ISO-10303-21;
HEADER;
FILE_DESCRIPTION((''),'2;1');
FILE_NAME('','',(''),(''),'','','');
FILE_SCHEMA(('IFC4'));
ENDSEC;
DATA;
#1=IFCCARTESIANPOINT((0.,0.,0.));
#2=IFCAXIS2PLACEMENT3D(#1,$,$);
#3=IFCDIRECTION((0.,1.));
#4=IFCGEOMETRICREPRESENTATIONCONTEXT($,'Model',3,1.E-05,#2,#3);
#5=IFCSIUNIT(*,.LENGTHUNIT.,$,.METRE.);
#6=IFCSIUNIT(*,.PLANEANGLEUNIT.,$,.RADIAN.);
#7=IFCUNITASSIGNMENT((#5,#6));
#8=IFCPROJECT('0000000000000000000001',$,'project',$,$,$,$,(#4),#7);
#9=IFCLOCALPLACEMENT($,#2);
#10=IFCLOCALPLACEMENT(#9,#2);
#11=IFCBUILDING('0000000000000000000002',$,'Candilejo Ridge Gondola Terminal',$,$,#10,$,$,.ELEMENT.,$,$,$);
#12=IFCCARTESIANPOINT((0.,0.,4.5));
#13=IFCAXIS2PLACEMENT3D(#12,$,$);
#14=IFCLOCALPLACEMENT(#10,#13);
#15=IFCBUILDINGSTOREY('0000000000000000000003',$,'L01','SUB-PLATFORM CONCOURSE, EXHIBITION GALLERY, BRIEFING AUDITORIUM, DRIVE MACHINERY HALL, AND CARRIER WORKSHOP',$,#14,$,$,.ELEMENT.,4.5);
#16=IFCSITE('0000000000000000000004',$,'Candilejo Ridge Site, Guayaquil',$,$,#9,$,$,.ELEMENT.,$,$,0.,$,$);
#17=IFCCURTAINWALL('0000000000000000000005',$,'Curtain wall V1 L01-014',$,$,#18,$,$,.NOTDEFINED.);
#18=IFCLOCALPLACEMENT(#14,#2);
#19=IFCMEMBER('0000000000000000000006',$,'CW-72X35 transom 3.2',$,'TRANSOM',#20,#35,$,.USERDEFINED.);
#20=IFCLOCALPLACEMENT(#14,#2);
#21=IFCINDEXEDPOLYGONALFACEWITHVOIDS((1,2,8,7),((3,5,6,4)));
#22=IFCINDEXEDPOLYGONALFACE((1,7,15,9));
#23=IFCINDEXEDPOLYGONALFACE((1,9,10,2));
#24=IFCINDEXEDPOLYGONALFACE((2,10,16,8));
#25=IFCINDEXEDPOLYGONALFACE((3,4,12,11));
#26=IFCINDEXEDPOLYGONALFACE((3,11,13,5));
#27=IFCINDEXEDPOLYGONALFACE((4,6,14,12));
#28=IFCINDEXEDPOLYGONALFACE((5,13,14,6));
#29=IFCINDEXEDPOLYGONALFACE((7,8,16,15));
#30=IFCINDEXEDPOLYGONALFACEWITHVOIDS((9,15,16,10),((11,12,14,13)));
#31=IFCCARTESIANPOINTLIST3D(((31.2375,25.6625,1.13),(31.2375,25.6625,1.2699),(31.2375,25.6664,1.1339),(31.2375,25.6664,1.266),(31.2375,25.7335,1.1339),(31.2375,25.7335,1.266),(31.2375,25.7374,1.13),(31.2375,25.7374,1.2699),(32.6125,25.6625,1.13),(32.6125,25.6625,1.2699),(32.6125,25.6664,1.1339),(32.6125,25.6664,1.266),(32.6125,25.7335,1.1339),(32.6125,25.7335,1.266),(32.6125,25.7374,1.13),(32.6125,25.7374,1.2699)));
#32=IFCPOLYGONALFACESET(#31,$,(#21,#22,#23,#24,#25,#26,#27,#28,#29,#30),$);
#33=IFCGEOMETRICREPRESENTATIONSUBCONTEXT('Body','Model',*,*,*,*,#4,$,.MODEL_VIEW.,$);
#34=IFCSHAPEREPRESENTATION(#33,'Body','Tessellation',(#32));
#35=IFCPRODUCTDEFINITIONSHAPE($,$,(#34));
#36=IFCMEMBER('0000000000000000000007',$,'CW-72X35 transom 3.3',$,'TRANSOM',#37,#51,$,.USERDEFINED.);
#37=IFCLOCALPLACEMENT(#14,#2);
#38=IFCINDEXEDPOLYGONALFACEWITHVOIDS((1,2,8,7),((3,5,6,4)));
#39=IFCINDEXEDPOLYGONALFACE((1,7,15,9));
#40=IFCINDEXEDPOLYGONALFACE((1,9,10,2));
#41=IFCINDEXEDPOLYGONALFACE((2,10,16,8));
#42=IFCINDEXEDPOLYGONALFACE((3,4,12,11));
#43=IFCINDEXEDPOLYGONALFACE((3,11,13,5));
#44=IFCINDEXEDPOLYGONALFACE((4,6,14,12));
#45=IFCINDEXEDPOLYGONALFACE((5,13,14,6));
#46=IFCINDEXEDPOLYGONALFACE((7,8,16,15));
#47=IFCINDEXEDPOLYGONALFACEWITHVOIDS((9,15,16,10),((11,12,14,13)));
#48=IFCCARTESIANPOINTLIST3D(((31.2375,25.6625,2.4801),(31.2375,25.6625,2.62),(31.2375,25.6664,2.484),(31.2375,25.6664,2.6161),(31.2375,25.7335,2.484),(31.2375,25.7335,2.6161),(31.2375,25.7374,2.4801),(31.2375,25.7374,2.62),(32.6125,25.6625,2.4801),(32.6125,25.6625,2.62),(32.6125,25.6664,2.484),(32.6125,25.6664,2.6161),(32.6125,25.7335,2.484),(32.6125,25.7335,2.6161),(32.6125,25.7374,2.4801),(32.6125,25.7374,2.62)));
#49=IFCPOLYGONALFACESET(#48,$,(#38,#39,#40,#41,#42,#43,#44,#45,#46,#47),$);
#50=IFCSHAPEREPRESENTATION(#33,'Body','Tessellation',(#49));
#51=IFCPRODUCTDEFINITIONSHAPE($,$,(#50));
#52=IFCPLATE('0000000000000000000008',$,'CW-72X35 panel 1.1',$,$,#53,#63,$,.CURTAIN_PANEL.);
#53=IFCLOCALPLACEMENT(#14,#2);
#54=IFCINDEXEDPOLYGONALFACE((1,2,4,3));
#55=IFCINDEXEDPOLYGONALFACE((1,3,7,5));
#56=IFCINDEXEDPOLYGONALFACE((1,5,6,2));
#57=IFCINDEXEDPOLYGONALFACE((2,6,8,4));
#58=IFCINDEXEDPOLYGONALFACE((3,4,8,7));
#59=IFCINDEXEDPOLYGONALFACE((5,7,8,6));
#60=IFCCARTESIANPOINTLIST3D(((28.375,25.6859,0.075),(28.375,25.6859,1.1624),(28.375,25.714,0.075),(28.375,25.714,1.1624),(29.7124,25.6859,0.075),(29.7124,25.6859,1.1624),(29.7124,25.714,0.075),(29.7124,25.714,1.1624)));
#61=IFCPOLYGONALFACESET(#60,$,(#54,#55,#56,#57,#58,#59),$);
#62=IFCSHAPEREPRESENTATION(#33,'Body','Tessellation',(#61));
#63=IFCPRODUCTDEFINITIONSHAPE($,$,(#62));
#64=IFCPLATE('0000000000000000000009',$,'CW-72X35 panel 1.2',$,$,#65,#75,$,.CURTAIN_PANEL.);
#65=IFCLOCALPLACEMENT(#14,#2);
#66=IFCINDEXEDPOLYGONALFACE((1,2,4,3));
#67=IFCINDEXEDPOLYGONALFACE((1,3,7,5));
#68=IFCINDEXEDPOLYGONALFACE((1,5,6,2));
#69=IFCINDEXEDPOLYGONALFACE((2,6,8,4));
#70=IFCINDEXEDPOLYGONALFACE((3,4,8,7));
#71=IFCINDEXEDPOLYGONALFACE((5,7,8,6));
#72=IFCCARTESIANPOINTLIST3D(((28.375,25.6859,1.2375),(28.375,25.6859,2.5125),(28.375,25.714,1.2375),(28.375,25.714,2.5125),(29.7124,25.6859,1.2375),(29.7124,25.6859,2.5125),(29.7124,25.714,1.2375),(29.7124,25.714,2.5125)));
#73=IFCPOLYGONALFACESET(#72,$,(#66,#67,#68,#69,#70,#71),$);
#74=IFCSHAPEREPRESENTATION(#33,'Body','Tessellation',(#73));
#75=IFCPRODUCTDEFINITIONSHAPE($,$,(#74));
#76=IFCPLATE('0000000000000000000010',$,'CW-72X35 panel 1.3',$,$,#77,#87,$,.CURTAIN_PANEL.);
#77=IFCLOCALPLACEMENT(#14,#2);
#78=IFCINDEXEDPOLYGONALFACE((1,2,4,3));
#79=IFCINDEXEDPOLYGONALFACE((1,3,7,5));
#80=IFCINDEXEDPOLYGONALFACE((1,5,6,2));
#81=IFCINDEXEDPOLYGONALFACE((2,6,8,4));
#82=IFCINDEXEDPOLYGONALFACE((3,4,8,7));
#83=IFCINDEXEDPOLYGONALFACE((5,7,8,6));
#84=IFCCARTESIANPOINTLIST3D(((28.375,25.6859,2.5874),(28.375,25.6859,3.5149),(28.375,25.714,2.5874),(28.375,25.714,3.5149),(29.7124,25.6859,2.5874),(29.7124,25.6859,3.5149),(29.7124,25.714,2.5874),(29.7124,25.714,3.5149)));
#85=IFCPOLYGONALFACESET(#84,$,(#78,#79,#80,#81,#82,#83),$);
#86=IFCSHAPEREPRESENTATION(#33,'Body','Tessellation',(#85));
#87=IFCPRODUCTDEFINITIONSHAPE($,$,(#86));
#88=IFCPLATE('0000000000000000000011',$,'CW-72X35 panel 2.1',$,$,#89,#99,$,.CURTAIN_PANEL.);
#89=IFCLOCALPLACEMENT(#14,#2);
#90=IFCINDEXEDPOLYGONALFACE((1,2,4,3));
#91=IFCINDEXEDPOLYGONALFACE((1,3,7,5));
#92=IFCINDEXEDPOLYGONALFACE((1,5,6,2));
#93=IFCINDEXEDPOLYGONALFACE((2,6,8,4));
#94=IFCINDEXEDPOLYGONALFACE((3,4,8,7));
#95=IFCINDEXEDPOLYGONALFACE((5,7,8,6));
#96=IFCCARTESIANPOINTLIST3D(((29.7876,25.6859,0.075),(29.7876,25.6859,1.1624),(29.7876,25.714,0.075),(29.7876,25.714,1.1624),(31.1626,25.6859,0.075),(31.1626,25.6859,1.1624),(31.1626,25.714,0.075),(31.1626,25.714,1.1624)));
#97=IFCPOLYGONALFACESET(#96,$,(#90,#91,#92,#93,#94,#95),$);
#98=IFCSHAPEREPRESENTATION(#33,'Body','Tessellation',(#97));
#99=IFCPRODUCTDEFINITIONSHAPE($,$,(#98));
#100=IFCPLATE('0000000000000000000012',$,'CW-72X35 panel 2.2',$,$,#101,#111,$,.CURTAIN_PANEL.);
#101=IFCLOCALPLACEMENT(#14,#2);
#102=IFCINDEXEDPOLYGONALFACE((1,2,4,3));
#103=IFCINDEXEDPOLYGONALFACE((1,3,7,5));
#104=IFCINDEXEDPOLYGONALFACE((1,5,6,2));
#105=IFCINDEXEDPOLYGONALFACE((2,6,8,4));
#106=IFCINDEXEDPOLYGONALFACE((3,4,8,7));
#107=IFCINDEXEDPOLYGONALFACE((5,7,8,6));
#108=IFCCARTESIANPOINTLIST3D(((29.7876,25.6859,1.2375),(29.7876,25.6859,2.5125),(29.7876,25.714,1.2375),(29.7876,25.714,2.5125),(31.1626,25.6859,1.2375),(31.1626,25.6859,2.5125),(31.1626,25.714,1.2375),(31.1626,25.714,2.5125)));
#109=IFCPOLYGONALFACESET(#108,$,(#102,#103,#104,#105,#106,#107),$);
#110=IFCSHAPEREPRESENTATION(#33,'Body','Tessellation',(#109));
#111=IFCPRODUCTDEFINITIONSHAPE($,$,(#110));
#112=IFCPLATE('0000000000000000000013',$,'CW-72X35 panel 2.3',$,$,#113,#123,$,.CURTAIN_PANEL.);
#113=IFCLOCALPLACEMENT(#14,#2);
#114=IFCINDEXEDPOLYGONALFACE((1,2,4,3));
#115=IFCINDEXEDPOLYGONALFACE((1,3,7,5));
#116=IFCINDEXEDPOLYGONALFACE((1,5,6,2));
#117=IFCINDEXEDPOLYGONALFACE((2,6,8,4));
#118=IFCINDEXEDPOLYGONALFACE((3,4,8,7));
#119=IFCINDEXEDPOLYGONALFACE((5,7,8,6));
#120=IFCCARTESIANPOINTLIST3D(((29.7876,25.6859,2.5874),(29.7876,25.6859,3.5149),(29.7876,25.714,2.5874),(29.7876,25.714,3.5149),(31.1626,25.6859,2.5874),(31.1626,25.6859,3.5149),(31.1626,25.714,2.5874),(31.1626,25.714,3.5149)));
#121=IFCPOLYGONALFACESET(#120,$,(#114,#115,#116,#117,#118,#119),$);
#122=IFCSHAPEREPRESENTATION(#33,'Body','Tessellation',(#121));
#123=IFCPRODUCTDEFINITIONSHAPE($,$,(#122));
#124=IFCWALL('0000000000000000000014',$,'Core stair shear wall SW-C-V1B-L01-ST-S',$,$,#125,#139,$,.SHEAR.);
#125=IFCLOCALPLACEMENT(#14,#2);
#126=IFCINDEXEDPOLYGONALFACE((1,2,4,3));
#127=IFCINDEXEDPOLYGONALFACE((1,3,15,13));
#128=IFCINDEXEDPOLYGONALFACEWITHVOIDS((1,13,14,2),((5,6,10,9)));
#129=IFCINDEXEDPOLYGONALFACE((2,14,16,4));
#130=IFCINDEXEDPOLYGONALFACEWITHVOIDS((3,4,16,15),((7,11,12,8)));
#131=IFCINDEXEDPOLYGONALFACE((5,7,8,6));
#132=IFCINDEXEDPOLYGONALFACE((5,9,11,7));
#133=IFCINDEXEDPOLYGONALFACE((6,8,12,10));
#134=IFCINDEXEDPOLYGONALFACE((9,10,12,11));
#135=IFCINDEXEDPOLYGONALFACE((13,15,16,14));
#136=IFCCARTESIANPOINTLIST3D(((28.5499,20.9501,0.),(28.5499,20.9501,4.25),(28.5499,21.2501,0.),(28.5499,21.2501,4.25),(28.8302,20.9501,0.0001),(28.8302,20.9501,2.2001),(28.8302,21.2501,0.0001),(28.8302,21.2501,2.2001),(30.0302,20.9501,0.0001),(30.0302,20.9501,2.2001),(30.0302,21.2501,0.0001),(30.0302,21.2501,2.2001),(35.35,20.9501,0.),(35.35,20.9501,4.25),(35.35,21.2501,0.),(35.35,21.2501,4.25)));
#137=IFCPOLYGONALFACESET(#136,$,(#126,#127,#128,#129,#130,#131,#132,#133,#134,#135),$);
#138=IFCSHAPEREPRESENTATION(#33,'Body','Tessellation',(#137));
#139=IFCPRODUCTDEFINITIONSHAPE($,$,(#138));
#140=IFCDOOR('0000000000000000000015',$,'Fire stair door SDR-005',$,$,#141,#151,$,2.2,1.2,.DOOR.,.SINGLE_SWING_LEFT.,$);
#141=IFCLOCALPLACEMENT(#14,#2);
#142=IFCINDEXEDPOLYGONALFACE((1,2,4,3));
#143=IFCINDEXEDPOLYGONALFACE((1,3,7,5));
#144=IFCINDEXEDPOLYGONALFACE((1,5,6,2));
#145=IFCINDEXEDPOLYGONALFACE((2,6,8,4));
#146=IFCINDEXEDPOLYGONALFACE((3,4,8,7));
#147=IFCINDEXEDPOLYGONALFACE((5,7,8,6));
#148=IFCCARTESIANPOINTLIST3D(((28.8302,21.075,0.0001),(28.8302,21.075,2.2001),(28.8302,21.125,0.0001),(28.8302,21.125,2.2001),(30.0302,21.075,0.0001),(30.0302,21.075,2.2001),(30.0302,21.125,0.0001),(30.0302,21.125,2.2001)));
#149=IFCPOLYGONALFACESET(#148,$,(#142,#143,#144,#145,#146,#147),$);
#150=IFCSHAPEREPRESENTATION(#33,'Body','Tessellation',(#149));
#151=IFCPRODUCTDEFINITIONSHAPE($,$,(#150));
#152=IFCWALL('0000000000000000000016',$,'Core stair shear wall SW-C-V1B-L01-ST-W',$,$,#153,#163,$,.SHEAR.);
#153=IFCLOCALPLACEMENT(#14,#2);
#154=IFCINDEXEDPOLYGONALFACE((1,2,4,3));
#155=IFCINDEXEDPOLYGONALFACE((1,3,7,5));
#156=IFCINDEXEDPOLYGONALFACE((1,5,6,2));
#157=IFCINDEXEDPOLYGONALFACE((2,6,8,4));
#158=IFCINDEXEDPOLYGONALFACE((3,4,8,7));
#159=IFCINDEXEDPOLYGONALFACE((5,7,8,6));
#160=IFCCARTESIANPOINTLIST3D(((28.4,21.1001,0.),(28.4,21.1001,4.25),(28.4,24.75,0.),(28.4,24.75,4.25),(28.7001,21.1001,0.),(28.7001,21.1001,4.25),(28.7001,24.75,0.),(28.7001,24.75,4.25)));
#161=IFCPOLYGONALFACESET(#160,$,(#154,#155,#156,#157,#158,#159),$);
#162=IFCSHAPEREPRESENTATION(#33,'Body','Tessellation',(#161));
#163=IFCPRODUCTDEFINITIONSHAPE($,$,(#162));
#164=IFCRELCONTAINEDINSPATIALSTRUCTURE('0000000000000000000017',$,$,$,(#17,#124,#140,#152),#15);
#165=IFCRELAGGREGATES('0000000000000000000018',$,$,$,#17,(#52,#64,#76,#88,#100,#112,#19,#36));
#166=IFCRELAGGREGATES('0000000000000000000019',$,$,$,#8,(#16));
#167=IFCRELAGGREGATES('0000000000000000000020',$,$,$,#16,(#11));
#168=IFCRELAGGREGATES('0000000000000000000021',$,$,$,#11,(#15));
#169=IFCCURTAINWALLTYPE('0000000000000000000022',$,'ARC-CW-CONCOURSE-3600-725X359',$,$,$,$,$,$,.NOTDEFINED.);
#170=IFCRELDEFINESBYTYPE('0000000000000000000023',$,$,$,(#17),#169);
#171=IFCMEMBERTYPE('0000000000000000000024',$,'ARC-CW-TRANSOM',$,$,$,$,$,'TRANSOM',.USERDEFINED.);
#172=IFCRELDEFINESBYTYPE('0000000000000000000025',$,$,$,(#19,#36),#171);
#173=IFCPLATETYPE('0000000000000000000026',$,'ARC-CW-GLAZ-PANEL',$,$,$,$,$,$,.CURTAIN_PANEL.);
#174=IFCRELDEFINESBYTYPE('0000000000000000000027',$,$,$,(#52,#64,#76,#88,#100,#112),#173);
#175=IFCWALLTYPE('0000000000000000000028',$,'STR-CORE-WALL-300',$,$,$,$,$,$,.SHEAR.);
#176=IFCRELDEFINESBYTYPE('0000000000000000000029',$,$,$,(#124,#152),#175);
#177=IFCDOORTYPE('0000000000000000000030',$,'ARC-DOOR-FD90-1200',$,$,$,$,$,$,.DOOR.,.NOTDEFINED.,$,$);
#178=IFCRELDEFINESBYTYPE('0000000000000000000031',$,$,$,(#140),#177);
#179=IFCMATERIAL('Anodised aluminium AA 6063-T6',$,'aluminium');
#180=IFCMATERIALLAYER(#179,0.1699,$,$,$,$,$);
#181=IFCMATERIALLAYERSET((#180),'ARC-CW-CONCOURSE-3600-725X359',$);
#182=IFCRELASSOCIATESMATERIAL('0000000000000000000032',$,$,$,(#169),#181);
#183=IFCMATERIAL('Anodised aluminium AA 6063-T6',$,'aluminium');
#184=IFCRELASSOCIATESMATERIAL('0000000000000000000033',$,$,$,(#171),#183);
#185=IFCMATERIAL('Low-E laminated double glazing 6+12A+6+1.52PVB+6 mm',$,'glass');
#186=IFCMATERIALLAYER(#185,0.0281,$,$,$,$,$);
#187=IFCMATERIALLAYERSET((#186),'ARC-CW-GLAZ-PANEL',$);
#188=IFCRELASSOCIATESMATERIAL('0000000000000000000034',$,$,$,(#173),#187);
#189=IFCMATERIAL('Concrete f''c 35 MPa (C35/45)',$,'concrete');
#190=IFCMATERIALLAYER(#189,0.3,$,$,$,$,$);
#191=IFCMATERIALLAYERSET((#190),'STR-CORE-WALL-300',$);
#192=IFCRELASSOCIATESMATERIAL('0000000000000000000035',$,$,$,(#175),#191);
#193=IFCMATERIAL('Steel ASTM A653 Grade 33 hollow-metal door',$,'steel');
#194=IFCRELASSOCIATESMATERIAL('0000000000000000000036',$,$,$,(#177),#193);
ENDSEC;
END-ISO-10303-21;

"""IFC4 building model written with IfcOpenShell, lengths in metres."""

from ifc_helpers import new_model, si_unit, direction, frame, frame_2d, origin, origin_2d, place, context, subcontext, project, spatial, rectangle, hollow_rectangle, extrude, material, layer, layer_set, material_profile, profile_set, type_object, element, fill, aggregate, save


model = new_model("IFC4")

# Units and contexts
model_context = context("Model", 3, precision=1e-05, world=origin(), true_north=direction((0.0, 1.0)))
body_context = subcontext(model_context, "Body", "Model", "MODEL_VIEW")
ifc_project = project(units=[si_unit("LENGTHUNIT", "METRE"), si_unit("PLANEANGLEUNIT", "RADIAN")], contexts=[model_context])

# Site, building, storey
site_placement = place(None, origin())
site = spatial("IfcSite", under=ifc_project, at=site_placement, Name="Candilejo Ridge Site, Guayaquil", CompositionType="ELEMENT", RefElevation=0.0)
building_placement = place(site_placement, origin())
building = spatial("IfcBuilding", under=site, at=building_placement, Name="Candilejo Ridge Gondola Terminal", CompositionType="ELEMENT")
storey_placement = place(building_placement, frame((0.0, 0.0, 4.5)))
storey = spatial("IfcBuildingStorey", under=building, at=storey_placement, Name="L01", Description="SUB-PLATFORM CONCOURSE, EXHIBITION GALLERY, BRIEFING AUDITORIUM, DRIVE MACHINERY HALL, AND CARRIER WORKSHOP", CompositionType="ELEMENT", Elevation=4.5)

# Curtain wall, members, plates
ifc_material_1 = material(Name="Anodised aluminium AA 6063-T6", Category="aluminium")
ifc_layer_1 = layer(ifc_material_1, 0.1699)
ifc_layer_set_1 = layer_set([ifc_layer_1], Name="ARC-CW-CONCOURSE-3600-725X359")
curtain_wall_type = type_object("IfcCurtainWallType", Name="ARC-CW-CONCOURSE-3600-725X359", PredefinedType="NOTDEFINED", material=ifc_layer_set_1)
curtain_wall_placement = place(storey_placement, origin())
curtain_wall = element("IfcCurtainWall", 1, at=curtain_wall_placement, inside=storey, type_object=curtain_wall_type, Name="Curtain wall V1 L01-014", PredefinedType="NOTDEFINED")
ifc_material_2 = material(Name="Anodised aluminium AA 6063-T6", Category="aluminium")
ifc_material_profile_1 = material_profile(ifc_material_2, hollow_rectangle(XDim=0.075, YDim=0.1399, WallThickness=0.0039, at=origin_2d()))
ifc_profile_set_1 = profile_set([ifc_material_profile_1], Name="Anodised aluminium AA 6063-T6")
member_type_1 = type_object("IfcMemberType", Name="ARC-CW-TRANSOM", ElementType="TRANSOM", PredefinedType="USERDEFINED", material=ifc_profile_set_1)
member_1_placement = place(storey_placement, frame((31.2375, 25.7, 1.2), z_axis=(1.0, 0.0, 0.0), x_axis=(0.0, 1.0, 0.0)))
member_1 = element("IfcMember", 2, at=member_1_placement, type_object=member_type_1, Name="CW-72X35 transom 3.2", ObjectType="TRANSOM", PredefinedType="USERDEFINED", context=body_context, shape_type="SweptSolid", body=[
    extrude(hollow_rectangle(XDim=0.075, YDim=0.1399, WallThickness=0.0039, at=origin_2d()), origin(), (0.0, 0.0, 1.0), 1.375),
])
member_2_placement = place(storey_placement, frame((31.2375, 25.7, 2.55), z_axis=(1.0, 0.0, 0.0), x_axis=(0.0, 1.0, 0.0)))
member_2 = element("IfcMember", 3, at=member_2_placement, type_object=member_type_1, Name="CW-72X35 transom 3.3", ObjectType="TRANSOM", PredefinedType="USERDEFINED", context=body_context, shape_type="SweptSolid", body=[
    extrude(hollow_rectangle(XDim=0.075, YDim=0.1399, WallThickness=0.0039, at=origin_2d()), origin(), (0.0, 0.0, 1.0), 1.375),
])
ifc_material_3 = material(Name="Low-E laminated double glazing 6+12A+6+1.52PVB+6 mm", Category="glass")
ifc_layer_2 = layer(ifc_material_3, 0.0281)
ifc_layer_set_2 = layer_set([ifc_layer_2], Name="ARC-CW-GLAZ-PANEL")
plate_type = type_object("IfcPlateType", Name="ARC-CW-GLAZ-PANEL", PredefinedType="CURTAIN_PANEL", material=ifc_layer_set_2)
plate_1_placement = place(storey_placement, frame((29.0437, 25.7, 0.075), z_axis=(0.0, 0.0, 1.0), x_axis=(1.0, 0.0, 0.0)))
plate_1 = element("IfcPlate", 4, at=plate_1_placement, type_object=plate_type, Name="CW-72X35 panel 1.1", PredefinedType="CURTAIN_PANEL", context=body_context, shape_type="SweptSolid", body=[
    extrude(rectangle(XDim=1.3374, YDim=0.0281, at=origin_2d()), origin(), (0.0, 0.0, 1.0), 1.0874),
])
plate_2_placement = place(storey_placement, frame((29.0437, 25.7, 1.2375), z_axis=(0.0, 0.0, 1.0), x_axis=(1.0, 0.0, 0.0)))
plate_2 = element("IfcPlate", 5, at=plate_2_placement, type_object=plate_type, Name="CW-72X35 panel 1.2", PredefinedType="CURTAIN_PANEL", context=body_context, shape_type="SweptSolid", body=[
    extrude(rectangle(XDim=1.3374, YDim=0.0281, at=origin_2d()), origin(), (0.0, 0.0, 1.0), 1.2749),
])
plate_3_placement = place(storey_placement, frame((29.0437, 25.7, 2.5874), z_axis=(0.0, 0.0, 1.0), x_axis=(1.0, 0.0, 0.0)))
plate_3 = element("IfcPlate", 6, at=plate_3_placement, type_object=plate_type, Name="CW-72X35 panel 1.3", PredefinedType="CURTAIN_PANEL", context=body_context, shape_type="SweptSolid", body=[
    extrude(rectangle(XDim=1.3374, YDim=0.0281, at=origin_2d()), origin(), (0.0, 0.0, 1.0), 0.9275),
])
plate_4_placement = place(storey_placement, frame((30.4751, 25.7, 0.075), z_axis=(0.0, 0.0, 1.0), x_axis=(1.0, 0.0, 0.0)))
plate_4 = element("IfcPlate", 7, at=plate_4_placement, type_object=plate_type, Name="CW-72X35 panel 2.1", PredefinedType="CURTAIN_PANEL", context=body_context, shape_type="SweptSolid", body=[
    extrude(rectangle(XDim=1.375, YDim=0.0281, at=origin_2d()), origin(), (0.0, 0.0, 1.0), 1.0874),
])
plate_5_placement = place(storey_placement, frame((30.4751, 25.7, 1.2375), z_axis=(0.0, 0.0, 1.0), x_axis=(1.0, 0.0, 0.0)))
plate_5 = element("IfcPlate", 8, at=plate_5_placement, type_object=plate_type, Name="CW-72X35 panel 2.2", PredefinedType="CURTAIN_PANEL", context=body_context, shape_type="SweptSolid", body=[
    extrude(rectangle(XDim=1.375, YDim=0.0281, at=origin_2d()), origin(), (0.0, 0.0, 1.0), 1.2749),
])
plate_6_placement = place(storey_placement, frame((30.4751, 25.7, 2.5874), z_axis=(0.0, 0.0, 1.0), x_axis=(1.0, 0.0, 0.0)))
plate_6 = element("IfcPlate", 9, at=plate_6_placement, type_object=plate_type, Name="CW-72X35 panel 2.3", PredefinedType="CURTAIN_PANEL", context=body_context, shape_type="SweptSolid", body=[
    extrude(rectangle(XDim=1.375, YDim=0.0281, at=origin_2d()), origin(), (0.0, 0.0, 1.0), 0.9275),
])
aggregate(curtain_wall, [plate_1, plate_2, plate_3, plate_4, plate_5, plate_6, member_1, member_2])

# Wall, opening, door
ifc_material_4 = material(Name="Concrete f'c 35 MPa (C35/45)", Category="concrete")
ifc_layer_3 = layer(ifc_material_4, 0.3)
ifc_layer_set_3 = layer_set([ifc_layer_3], Name="STR-CORE-WALL-300")
wall_type = type_object("IfcWallType", Name="STR-CORE-WALL-300", PredefinedType="SHEAR", material=ifc_layer_set_3)
wall_1_placement = place(storey_placement, frame((28.55, 21.1001, 0.0), z_axis=(0.0, 0.0, 1.0), x_axis=(1.0, 0.0, 0.0)))
wall_1 = element("IfcWall", 10, at=wall_1_placement, inside=storey, type_object=wall_type, Name="Core stair shear wall SW-C-V1B-L01-ST-S", PredefinedType="SHEAR", context=body_context, shape_type="SweptSolid", body=[
    extrude(rectangle(XDim=6.8, YDim=0.3, at=frame_2d((3.3999, 0.0))), origin(), (0.0, 0.0, 1.0), 4.25),
])
opening_placement = place(wall_1_placement, frame((0.28, 0.0, 0.0)))
opening = element("IfcOpeningElement", 11, at=opening_placement, cuts=wall_1, PredefinedType="OPENING", context=body_context, shape_type="SweptSolid", body=[
    extrude(rectangle(XDim=1.2, YDim=2.2, at=frame_2d((0.6001, 1.1001))), frame((0.0, 0.1599, 0.0), z_axis=(0.0, -1.0, 0.0), x_axis=(1.0, 0.0, 0.0)), (0.0, 0.0, 1.0), 0.3201),
])
ifc_material_5 = material(Name="Steel ASTM A653 Grade 33 hollow-metal door", Category="steel")
door_type = type_object("IfcDoorType", Name="ARC-DOOR-FD90-1200", OperationType="NOTDEFINED", PredefinedType="DOOR", material=ifc_material_5)
door_placement = place(opening_placement, origin())
door = element("IfcDoor", 12, at=door_placement, inside=storey, type_object=door_type, Name="Fire stair door SDR-005", OperationType="SINGLE_SWING_LEFT", OverallHeight=2.2, OverallWidth=1.2, PredefinedType="DOOR", context=body_context, shape_type="SweptSolid", body=[
    extrude(rectangle(XDim=1.2, YDim=2.2, at=frame_2d((0.6001, 1.1001))), frame((0.0, 0.0249, 0.0), z_axis=(0.0, -1.0, 0.0), x_axis=(1.0, 0.0, 0.0)), (0.0, 0.0, 1.0), 0.05),
])
fill(opening, door)

# Wall
wall_2_placement = place(storey_placement, frame((28.55, 24.75, 0.0), z_axis=(0.0, 0.0, 1.0), x_axis=(0.0, -1.0, 0.0)))
element("IfcWall", 13, at=wall_2_placement, inside=storey, type_object=wall_type, Name="Core stair shear wall SW-C-V1B-L01-ST-W", PredefinedType="SHEAR", context=body_context, shape_type="SweptSolid", body=[
    extrude(rectangle(XDim=3.6499, YDim=0.3, at=frame_2d((1.825, 0.0))), origin(), (0.0, 0.0, 1.0), 4.25),
])

save(model, "model.ifc")
